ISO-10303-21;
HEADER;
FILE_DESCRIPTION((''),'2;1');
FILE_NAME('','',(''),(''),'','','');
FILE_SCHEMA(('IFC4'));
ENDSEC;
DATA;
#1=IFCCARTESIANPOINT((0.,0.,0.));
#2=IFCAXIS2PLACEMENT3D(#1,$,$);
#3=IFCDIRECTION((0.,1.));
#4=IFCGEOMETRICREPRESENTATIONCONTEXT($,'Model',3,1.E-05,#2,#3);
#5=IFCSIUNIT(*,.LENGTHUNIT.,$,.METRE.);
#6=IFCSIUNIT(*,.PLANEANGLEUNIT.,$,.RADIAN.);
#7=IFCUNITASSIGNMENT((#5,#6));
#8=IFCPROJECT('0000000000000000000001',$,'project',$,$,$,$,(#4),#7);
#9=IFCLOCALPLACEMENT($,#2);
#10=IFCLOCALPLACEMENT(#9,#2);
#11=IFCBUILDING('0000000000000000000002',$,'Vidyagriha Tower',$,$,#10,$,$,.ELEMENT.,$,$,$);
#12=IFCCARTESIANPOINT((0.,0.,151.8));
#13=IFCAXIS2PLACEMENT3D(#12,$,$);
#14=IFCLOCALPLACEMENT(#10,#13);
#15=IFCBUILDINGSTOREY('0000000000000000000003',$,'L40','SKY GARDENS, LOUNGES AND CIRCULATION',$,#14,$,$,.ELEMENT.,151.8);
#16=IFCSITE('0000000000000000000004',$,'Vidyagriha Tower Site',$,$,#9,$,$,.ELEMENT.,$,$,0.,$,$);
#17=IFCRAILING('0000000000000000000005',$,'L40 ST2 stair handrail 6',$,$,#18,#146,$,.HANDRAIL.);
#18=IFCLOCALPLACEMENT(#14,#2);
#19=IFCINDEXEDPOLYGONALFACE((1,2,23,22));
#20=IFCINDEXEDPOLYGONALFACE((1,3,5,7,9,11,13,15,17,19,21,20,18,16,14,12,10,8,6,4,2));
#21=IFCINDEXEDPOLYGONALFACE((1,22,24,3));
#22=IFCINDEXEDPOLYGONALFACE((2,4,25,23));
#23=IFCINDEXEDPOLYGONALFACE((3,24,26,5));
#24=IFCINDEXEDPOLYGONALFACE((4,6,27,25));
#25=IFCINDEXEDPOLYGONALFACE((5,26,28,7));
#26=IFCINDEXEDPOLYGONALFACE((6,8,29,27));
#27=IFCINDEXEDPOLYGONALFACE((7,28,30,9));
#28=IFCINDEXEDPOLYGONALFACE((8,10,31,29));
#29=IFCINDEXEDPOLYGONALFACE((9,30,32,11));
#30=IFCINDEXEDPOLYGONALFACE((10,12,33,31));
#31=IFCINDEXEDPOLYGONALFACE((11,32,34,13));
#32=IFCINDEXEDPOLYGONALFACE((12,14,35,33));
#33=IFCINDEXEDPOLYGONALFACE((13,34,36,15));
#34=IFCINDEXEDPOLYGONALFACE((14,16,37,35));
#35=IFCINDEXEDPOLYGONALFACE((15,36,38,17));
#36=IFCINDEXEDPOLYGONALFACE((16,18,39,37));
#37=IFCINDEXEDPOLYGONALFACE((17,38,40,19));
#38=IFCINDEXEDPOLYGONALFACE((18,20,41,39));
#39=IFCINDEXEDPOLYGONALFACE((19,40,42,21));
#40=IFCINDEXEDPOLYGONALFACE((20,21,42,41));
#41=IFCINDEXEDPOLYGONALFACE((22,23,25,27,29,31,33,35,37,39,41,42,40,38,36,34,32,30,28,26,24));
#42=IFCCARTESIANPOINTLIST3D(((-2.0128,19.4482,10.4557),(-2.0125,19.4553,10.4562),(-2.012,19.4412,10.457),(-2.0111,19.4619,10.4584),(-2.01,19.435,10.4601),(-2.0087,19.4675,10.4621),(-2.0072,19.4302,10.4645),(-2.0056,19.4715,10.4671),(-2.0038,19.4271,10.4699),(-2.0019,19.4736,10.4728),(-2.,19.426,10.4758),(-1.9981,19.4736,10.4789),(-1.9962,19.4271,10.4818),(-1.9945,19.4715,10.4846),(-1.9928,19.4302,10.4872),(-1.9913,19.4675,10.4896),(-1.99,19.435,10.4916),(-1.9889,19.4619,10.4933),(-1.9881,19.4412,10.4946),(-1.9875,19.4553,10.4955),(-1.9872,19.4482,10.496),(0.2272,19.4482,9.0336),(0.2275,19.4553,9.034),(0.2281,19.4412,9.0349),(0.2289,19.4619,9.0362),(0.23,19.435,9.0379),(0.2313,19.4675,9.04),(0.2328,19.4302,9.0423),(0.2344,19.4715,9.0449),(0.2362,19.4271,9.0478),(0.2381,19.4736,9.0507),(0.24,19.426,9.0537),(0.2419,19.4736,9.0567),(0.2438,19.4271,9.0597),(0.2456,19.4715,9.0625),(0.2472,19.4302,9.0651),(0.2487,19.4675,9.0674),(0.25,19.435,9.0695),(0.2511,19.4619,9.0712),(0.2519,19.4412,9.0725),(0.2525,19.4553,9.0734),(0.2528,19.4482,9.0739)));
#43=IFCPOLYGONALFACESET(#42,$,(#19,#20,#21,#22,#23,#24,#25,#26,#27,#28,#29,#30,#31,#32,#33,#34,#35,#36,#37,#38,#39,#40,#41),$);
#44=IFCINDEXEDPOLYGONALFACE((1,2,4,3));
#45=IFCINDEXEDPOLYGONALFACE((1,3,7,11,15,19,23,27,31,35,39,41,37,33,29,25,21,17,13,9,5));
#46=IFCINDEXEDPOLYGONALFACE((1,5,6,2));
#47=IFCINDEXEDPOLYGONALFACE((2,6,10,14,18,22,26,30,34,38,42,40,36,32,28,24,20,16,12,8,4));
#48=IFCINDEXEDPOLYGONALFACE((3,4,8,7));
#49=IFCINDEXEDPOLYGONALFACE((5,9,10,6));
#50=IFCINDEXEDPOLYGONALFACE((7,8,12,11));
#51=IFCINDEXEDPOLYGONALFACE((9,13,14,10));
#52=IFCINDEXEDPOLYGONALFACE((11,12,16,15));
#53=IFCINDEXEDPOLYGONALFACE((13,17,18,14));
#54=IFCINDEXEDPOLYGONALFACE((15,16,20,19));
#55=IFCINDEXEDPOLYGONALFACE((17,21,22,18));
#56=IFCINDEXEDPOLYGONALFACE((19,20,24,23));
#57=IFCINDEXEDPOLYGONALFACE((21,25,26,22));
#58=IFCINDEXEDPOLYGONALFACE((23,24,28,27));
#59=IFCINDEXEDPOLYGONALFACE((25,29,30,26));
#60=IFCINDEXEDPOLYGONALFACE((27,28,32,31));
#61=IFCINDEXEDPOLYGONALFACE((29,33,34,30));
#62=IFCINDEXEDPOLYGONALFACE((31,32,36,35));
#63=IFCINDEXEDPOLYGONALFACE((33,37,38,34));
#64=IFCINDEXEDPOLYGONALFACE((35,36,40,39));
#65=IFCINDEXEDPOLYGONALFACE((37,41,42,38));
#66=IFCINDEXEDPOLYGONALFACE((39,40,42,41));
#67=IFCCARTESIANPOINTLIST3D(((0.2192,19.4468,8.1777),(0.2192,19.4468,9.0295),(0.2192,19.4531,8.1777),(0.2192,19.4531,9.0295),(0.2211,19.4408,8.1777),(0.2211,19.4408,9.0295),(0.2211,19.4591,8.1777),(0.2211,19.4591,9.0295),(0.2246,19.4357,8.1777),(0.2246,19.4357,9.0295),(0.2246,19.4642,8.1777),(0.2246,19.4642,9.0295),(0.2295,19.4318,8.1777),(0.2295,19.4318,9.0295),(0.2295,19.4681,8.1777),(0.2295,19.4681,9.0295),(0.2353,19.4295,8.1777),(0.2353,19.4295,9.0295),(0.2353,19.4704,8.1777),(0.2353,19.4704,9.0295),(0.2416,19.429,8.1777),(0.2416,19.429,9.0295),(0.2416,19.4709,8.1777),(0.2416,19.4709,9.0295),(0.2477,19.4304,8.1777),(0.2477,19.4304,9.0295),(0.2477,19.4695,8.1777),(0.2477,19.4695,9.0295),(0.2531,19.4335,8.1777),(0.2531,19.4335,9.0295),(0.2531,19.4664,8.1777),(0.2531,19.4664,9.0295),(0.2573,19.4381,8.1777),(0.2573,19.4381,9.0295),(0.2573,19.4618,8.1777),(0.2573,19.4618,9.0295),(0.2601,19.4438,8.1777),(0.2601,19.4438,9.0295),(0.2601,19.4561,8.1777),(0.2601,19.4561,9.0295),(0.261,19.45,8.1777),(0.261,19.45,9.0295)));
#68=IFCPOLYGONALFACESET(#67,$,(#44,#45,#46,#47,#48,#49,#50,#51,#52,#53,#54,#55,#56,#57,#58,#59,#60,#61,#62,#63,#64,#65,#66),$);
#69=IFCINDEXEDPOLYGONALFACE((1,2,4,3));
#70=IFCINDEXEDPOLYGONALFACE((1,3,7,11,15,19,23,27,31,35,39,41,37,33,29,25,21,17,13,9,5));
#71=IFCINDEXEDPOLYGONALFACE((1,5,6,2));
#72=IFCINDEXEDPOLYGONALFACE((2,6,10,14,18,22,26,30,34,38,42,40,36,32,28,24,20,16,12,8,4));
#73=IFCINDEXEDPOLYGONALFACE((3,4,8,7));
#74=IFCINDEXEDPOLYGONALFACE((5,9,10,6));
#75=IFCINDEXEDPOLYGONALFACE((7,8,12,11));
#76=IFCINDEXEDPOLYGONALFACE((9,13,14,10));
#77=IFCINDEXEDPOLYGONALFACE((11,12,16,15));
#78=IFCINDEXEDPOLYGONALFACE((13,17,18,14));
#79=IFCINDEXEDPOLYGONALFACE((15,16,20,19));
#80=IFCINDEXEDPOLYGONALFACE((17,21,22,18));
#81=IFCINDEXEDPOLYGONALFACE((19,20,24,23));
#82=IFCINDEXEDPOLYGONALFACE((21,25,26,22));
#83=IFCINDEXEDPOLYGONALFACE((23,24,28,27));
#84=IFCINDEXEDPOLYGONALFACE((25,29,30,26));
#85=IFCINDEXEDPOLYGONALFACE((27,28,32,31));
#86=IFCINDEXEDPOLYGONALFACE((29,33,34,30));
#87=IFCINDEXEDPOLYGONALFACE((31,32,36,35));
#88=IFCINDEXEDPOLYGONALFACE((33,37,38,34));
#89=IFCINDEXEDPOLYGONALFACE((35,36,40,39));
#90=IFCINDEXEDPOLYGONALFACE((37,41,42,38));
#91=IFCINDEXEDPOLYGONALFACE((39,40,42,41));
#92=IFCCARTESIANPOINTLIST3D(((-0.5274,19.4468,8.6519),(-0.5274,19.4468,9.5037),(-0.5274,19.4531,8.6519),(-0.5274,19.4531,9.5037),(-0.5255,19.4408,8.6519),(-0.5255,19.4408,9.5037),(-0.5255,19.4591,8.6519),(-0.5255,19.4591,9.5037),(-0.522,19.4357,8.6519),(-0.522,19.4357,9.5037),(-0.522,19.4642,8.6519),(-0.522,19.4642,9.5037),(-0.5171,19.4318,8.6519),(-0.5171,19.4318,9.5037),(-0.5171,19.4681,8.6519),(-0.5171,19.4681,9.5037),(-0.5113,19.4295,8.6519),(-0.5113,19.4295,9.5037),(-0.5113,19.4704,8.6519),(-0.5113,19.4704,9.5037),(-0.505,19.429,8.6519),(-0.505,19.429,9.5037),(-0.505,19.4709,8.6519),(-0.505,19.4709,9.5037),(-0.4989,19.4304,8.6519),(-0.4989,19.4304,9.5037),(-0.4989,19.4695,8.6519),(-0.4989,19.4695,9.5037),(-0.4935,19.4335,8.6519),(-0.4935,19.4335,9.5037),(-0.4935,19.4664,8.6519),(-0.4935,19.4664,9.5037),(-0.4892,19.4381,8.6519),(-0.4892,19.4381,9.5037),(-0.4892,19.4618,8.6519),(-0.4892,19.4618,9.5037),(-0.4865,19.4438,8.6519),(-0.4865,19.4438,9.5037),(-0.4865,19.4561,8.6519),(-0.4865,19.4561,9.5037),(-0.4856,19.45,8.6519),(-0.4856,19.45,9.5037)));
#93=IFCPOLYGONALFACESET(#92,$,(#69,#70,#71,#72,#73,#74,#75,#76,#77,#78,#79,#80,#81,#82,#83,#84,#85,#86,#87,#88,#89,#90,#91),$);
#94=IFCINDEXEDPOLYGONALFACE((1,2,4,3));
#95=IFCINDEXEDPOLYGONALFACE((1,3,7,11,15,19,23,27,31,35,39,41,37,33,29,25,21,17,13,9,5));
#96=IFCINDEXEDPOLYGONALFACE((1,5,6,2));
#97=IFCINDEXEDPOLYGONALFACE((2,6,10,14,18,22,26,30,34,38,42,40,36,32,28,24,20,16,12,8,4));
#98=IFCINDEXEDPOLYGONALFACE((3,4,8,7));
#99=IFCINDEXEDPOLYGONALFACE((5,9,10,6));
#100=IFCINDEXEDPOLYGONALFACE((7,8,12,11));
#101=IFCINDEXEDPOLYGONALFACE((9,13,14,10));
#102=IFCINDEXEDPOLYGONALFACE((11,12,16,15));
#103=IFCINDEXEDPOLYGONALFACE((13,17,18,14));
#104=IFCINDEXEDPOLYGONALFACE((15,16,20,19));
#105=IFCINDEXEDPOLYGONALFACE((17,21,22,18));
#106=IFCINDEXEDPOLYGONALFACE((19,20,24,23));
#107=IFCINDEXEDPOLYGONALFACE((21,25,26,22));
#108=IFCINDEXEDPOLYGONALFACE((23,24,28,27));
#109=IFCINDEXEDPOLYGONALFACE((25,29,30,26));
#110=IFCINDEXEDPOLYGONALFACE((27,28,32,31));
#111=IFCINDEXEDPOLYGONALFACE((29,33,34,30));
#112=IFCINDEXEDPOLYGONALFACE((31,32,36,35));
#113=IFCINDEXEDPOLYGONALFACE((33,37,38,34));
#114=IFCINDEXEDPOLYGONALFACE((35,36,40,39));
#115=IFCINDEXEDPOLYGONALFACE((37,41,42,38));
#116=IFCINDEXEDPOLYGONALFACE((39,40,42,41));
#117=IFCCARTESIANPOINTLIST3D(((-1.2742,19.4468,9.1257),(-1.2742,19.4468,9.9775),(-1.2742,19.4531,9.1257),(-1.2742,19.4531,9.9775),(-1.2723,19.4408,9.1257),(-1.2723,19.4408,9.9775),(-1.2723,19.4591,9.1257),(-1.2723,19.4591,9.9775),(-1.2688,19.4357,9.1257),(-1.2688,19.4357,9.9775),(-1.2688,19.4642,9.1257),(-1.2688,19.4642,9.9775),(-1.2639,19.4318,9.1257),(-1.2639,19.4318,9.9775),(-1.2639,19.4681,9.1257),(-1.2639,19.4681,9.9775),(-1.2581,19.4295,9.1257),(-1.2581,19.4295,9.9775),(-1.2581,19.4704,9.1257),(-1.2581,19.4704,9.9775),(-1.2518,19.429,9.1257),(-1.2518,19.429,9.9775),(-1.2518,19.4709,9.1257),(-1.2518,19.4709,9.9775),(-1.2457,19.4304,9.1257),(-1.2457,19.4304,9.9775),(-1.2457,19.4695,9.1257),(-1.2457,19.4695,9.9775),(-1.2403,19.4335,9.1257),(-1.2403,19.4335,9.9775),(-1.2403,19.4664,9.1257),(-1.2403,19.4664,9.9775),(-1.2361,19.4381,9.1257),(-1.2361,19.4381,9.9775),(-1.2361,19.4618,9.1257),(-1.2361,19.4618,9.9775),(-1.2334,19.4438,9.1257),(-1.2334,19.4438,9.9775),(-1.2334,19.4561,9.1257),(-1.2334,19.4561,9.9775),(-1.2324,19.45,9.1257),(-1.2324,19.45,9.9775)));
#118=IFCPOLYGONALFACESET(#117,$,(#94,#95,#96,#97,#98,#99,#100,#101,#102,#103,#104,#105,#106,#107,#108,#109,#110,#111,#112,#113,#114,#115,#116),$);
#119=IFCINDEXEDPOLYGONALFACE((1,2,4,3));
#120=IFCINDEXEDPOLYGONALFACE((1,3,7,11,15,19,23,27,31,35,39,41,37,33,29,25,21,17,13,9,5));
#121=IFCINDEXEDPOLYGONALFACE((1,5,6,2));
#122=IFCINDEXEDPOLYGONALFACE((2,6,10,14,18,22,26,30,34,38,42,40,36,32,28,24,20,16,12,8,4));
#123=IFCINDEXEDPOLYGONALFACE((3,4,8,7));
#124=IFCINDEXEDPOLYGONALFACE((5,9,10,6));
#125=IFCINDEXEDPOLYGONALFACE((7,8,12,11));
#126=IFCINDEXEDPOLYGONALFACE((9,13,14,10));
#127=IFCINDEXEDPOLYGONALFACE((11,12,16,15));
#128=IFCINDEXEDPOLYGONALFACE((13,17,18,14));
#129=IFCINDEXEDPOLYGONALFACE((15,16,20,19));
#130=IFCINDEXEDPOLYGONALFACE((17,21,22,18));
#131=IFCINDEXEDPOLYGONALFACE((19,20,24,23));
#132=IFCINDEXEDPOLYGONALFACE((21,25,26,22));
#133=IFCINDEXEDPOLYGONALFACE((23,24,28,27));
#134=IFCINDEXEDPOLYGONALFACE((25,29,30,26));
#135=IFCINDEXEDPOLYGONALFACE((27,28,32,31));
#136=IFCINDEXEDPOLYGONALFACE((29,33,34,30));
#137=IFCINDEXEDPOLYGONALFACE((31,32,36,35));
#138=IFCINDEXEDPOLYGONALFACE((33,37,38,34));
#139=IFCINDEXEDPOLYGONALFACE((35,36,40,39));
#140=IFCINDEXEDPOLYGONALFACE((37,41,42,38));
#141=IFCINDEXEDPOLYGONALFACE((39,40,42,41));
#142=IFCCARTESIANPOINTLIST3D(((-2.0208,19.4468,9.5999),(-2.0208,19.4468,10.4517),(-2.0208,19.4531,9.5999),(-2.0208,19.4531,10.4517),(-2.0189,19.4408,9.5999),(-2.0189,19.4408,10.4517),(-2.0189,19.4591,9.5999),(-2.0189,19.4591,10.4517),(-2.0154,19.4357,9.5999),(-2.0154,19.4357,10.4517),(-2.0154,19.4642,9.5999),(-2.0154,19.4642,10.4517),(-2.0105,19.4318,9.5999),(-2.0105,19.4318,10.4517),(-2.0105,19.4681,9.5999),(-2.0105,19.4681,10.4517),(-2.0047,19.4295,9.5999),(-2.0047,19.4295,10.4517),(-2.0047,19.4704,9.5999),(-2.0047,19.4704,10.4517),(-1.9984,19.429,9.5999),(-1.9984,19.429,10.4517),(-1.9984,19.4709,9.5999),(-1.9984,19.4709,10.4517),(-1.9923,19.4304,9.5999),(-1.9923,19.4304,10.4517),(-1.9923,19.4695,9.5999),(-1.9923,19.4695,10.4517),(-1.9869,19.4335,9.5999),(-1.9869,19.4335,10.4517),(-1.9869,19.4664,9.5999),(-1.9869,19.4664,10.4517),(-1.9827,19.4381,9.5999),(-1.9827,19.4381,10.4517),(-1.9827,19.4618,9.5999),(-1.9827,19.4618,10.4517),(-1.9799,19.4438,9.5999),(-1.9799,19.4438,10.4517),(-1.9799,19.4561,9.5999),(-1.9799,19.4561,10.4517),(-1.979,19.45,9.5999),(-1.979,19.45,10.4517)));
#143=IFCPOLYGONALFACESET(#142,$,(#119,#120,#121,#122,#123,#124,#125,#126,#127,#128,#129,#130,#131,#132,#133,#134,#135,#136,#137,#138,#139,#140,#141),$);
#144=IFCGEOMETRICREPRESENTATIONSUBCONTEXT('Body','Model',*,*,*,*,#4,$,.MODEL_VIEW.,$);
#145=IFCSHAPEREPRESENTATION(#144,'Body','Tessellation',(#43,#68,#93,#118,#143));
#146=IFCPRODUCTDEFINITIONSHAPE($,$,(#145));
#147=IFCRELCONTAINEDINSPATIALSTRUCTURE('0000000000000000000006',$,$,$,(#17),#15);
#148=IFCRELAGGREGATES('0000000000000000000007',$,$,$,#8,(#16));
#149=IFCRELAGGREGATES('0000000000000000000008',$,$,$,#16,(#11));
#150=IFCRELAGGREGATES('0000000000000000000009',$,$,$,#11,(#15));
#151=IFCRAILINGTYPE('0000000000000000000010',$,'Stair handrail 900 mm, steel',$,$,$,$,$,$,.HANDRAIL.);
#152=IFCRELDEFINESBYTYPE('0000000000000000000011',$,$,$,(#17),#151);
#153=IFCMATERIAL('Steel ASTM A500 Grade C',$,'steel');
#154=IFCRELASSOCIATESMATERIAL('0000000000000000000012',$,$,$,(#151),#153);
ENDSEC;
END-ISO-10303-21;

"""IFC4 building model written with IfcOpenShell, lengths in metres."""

from ifc_helpers import new_model, si_unit, direction, frame, origin, origin_2d, place, context, subcontext, project, spatial, circle, extrude, material, type_object, element, save


model = new_model("IFC4")

# Units and contexts
model_context = context("Model", 3, precision=1e-05, world=origin(), true_north=direction((0.0, 1.0)))
body_context = subcontext(model_context, "Body", "Model", "MODEL_VIEW")
ifc_project = project(units=[si_unit("LENGTHUNIT", "METRE"), si_unit("PLANEANGLEUNIT", "RADIAN")], contexts=[model_context])

# Site, building, storey
site_placement = place(None, origin())
site = spatial("IfcSite", under=ifc_project, at=site_placement, Name="Vidyagriha Tower Site", CompositionType="ELEMENT", RefElevation=0.0)
building_placement = place(site_placement, origin())
building = spatial("IfcBuilding", under=site, at=building_placement, Name="Vidyagriha Tower", CompositionType="ELEMENT")
storey_placement = place(building_placement, frame((0.0, 0.0, 151.8)))
storey = spatial("IfcBuildingStorey", under=building, at=storey_placement, Name="L40", Description="SKY GARDENS, LOUNGES AND CIRCULATION", CompositionType="ELEMENT", Elevation=151.8)

# Railing
ifc_material_1 = material(Name="Steel ASTM A500 Grade C", Category="steel")
railing_type_1 = type_object("IfcRailingType", Name="Stair handrail 900 mm, steel", PredefinedType="HANDRAIL", material=ifc_material_1)
for number, where, name in (
    (1, (0.24, 19.45, 8.1777), "L40 ST2 stair handrail 6"),
):
    element("IfcRailing", number, at=place(storey_placement, frame(where)), inside=storey, type_object=railing_type_1, Name=name, PredefinedType="HANDRAIL", context=body_context, shape_type="SweptSolid", body=[
        extrude(circle(Radius=0.0239, at=origin_2d()), frame((0.0, 0.0, 0.876), z_axis=(-0.844229, 0.0, 0.535982), x_axis=(0.0, -1.0, 0.0)), (0.0, 0.0, 1.0), 2.6533),
        extrude(circle(Radius=0.021, at=origin_2d()), origin(), (0.0, 0.0, 1.0), 0.8518),
        extrude(circle(Radius=0.021, at=origin_2d()), frame((-0.7466, 0.0, 0.4741)), (0.0, 0.0, 1.0), 0.8518),
        extrude(circle(Radius=0.021, at=origin_2d()), frame((-1.4934, 0.0, 0.948)), (0.0, 0.0, 1.0), 0.8518),
        extrude(circle(Radius=0.021, at=origin_2d()), frame((-2.24, 0.0, 1.4221)), (0.0, 0.0, 1.0), 0.8518),
    ])

save(model, "model.ifc")
